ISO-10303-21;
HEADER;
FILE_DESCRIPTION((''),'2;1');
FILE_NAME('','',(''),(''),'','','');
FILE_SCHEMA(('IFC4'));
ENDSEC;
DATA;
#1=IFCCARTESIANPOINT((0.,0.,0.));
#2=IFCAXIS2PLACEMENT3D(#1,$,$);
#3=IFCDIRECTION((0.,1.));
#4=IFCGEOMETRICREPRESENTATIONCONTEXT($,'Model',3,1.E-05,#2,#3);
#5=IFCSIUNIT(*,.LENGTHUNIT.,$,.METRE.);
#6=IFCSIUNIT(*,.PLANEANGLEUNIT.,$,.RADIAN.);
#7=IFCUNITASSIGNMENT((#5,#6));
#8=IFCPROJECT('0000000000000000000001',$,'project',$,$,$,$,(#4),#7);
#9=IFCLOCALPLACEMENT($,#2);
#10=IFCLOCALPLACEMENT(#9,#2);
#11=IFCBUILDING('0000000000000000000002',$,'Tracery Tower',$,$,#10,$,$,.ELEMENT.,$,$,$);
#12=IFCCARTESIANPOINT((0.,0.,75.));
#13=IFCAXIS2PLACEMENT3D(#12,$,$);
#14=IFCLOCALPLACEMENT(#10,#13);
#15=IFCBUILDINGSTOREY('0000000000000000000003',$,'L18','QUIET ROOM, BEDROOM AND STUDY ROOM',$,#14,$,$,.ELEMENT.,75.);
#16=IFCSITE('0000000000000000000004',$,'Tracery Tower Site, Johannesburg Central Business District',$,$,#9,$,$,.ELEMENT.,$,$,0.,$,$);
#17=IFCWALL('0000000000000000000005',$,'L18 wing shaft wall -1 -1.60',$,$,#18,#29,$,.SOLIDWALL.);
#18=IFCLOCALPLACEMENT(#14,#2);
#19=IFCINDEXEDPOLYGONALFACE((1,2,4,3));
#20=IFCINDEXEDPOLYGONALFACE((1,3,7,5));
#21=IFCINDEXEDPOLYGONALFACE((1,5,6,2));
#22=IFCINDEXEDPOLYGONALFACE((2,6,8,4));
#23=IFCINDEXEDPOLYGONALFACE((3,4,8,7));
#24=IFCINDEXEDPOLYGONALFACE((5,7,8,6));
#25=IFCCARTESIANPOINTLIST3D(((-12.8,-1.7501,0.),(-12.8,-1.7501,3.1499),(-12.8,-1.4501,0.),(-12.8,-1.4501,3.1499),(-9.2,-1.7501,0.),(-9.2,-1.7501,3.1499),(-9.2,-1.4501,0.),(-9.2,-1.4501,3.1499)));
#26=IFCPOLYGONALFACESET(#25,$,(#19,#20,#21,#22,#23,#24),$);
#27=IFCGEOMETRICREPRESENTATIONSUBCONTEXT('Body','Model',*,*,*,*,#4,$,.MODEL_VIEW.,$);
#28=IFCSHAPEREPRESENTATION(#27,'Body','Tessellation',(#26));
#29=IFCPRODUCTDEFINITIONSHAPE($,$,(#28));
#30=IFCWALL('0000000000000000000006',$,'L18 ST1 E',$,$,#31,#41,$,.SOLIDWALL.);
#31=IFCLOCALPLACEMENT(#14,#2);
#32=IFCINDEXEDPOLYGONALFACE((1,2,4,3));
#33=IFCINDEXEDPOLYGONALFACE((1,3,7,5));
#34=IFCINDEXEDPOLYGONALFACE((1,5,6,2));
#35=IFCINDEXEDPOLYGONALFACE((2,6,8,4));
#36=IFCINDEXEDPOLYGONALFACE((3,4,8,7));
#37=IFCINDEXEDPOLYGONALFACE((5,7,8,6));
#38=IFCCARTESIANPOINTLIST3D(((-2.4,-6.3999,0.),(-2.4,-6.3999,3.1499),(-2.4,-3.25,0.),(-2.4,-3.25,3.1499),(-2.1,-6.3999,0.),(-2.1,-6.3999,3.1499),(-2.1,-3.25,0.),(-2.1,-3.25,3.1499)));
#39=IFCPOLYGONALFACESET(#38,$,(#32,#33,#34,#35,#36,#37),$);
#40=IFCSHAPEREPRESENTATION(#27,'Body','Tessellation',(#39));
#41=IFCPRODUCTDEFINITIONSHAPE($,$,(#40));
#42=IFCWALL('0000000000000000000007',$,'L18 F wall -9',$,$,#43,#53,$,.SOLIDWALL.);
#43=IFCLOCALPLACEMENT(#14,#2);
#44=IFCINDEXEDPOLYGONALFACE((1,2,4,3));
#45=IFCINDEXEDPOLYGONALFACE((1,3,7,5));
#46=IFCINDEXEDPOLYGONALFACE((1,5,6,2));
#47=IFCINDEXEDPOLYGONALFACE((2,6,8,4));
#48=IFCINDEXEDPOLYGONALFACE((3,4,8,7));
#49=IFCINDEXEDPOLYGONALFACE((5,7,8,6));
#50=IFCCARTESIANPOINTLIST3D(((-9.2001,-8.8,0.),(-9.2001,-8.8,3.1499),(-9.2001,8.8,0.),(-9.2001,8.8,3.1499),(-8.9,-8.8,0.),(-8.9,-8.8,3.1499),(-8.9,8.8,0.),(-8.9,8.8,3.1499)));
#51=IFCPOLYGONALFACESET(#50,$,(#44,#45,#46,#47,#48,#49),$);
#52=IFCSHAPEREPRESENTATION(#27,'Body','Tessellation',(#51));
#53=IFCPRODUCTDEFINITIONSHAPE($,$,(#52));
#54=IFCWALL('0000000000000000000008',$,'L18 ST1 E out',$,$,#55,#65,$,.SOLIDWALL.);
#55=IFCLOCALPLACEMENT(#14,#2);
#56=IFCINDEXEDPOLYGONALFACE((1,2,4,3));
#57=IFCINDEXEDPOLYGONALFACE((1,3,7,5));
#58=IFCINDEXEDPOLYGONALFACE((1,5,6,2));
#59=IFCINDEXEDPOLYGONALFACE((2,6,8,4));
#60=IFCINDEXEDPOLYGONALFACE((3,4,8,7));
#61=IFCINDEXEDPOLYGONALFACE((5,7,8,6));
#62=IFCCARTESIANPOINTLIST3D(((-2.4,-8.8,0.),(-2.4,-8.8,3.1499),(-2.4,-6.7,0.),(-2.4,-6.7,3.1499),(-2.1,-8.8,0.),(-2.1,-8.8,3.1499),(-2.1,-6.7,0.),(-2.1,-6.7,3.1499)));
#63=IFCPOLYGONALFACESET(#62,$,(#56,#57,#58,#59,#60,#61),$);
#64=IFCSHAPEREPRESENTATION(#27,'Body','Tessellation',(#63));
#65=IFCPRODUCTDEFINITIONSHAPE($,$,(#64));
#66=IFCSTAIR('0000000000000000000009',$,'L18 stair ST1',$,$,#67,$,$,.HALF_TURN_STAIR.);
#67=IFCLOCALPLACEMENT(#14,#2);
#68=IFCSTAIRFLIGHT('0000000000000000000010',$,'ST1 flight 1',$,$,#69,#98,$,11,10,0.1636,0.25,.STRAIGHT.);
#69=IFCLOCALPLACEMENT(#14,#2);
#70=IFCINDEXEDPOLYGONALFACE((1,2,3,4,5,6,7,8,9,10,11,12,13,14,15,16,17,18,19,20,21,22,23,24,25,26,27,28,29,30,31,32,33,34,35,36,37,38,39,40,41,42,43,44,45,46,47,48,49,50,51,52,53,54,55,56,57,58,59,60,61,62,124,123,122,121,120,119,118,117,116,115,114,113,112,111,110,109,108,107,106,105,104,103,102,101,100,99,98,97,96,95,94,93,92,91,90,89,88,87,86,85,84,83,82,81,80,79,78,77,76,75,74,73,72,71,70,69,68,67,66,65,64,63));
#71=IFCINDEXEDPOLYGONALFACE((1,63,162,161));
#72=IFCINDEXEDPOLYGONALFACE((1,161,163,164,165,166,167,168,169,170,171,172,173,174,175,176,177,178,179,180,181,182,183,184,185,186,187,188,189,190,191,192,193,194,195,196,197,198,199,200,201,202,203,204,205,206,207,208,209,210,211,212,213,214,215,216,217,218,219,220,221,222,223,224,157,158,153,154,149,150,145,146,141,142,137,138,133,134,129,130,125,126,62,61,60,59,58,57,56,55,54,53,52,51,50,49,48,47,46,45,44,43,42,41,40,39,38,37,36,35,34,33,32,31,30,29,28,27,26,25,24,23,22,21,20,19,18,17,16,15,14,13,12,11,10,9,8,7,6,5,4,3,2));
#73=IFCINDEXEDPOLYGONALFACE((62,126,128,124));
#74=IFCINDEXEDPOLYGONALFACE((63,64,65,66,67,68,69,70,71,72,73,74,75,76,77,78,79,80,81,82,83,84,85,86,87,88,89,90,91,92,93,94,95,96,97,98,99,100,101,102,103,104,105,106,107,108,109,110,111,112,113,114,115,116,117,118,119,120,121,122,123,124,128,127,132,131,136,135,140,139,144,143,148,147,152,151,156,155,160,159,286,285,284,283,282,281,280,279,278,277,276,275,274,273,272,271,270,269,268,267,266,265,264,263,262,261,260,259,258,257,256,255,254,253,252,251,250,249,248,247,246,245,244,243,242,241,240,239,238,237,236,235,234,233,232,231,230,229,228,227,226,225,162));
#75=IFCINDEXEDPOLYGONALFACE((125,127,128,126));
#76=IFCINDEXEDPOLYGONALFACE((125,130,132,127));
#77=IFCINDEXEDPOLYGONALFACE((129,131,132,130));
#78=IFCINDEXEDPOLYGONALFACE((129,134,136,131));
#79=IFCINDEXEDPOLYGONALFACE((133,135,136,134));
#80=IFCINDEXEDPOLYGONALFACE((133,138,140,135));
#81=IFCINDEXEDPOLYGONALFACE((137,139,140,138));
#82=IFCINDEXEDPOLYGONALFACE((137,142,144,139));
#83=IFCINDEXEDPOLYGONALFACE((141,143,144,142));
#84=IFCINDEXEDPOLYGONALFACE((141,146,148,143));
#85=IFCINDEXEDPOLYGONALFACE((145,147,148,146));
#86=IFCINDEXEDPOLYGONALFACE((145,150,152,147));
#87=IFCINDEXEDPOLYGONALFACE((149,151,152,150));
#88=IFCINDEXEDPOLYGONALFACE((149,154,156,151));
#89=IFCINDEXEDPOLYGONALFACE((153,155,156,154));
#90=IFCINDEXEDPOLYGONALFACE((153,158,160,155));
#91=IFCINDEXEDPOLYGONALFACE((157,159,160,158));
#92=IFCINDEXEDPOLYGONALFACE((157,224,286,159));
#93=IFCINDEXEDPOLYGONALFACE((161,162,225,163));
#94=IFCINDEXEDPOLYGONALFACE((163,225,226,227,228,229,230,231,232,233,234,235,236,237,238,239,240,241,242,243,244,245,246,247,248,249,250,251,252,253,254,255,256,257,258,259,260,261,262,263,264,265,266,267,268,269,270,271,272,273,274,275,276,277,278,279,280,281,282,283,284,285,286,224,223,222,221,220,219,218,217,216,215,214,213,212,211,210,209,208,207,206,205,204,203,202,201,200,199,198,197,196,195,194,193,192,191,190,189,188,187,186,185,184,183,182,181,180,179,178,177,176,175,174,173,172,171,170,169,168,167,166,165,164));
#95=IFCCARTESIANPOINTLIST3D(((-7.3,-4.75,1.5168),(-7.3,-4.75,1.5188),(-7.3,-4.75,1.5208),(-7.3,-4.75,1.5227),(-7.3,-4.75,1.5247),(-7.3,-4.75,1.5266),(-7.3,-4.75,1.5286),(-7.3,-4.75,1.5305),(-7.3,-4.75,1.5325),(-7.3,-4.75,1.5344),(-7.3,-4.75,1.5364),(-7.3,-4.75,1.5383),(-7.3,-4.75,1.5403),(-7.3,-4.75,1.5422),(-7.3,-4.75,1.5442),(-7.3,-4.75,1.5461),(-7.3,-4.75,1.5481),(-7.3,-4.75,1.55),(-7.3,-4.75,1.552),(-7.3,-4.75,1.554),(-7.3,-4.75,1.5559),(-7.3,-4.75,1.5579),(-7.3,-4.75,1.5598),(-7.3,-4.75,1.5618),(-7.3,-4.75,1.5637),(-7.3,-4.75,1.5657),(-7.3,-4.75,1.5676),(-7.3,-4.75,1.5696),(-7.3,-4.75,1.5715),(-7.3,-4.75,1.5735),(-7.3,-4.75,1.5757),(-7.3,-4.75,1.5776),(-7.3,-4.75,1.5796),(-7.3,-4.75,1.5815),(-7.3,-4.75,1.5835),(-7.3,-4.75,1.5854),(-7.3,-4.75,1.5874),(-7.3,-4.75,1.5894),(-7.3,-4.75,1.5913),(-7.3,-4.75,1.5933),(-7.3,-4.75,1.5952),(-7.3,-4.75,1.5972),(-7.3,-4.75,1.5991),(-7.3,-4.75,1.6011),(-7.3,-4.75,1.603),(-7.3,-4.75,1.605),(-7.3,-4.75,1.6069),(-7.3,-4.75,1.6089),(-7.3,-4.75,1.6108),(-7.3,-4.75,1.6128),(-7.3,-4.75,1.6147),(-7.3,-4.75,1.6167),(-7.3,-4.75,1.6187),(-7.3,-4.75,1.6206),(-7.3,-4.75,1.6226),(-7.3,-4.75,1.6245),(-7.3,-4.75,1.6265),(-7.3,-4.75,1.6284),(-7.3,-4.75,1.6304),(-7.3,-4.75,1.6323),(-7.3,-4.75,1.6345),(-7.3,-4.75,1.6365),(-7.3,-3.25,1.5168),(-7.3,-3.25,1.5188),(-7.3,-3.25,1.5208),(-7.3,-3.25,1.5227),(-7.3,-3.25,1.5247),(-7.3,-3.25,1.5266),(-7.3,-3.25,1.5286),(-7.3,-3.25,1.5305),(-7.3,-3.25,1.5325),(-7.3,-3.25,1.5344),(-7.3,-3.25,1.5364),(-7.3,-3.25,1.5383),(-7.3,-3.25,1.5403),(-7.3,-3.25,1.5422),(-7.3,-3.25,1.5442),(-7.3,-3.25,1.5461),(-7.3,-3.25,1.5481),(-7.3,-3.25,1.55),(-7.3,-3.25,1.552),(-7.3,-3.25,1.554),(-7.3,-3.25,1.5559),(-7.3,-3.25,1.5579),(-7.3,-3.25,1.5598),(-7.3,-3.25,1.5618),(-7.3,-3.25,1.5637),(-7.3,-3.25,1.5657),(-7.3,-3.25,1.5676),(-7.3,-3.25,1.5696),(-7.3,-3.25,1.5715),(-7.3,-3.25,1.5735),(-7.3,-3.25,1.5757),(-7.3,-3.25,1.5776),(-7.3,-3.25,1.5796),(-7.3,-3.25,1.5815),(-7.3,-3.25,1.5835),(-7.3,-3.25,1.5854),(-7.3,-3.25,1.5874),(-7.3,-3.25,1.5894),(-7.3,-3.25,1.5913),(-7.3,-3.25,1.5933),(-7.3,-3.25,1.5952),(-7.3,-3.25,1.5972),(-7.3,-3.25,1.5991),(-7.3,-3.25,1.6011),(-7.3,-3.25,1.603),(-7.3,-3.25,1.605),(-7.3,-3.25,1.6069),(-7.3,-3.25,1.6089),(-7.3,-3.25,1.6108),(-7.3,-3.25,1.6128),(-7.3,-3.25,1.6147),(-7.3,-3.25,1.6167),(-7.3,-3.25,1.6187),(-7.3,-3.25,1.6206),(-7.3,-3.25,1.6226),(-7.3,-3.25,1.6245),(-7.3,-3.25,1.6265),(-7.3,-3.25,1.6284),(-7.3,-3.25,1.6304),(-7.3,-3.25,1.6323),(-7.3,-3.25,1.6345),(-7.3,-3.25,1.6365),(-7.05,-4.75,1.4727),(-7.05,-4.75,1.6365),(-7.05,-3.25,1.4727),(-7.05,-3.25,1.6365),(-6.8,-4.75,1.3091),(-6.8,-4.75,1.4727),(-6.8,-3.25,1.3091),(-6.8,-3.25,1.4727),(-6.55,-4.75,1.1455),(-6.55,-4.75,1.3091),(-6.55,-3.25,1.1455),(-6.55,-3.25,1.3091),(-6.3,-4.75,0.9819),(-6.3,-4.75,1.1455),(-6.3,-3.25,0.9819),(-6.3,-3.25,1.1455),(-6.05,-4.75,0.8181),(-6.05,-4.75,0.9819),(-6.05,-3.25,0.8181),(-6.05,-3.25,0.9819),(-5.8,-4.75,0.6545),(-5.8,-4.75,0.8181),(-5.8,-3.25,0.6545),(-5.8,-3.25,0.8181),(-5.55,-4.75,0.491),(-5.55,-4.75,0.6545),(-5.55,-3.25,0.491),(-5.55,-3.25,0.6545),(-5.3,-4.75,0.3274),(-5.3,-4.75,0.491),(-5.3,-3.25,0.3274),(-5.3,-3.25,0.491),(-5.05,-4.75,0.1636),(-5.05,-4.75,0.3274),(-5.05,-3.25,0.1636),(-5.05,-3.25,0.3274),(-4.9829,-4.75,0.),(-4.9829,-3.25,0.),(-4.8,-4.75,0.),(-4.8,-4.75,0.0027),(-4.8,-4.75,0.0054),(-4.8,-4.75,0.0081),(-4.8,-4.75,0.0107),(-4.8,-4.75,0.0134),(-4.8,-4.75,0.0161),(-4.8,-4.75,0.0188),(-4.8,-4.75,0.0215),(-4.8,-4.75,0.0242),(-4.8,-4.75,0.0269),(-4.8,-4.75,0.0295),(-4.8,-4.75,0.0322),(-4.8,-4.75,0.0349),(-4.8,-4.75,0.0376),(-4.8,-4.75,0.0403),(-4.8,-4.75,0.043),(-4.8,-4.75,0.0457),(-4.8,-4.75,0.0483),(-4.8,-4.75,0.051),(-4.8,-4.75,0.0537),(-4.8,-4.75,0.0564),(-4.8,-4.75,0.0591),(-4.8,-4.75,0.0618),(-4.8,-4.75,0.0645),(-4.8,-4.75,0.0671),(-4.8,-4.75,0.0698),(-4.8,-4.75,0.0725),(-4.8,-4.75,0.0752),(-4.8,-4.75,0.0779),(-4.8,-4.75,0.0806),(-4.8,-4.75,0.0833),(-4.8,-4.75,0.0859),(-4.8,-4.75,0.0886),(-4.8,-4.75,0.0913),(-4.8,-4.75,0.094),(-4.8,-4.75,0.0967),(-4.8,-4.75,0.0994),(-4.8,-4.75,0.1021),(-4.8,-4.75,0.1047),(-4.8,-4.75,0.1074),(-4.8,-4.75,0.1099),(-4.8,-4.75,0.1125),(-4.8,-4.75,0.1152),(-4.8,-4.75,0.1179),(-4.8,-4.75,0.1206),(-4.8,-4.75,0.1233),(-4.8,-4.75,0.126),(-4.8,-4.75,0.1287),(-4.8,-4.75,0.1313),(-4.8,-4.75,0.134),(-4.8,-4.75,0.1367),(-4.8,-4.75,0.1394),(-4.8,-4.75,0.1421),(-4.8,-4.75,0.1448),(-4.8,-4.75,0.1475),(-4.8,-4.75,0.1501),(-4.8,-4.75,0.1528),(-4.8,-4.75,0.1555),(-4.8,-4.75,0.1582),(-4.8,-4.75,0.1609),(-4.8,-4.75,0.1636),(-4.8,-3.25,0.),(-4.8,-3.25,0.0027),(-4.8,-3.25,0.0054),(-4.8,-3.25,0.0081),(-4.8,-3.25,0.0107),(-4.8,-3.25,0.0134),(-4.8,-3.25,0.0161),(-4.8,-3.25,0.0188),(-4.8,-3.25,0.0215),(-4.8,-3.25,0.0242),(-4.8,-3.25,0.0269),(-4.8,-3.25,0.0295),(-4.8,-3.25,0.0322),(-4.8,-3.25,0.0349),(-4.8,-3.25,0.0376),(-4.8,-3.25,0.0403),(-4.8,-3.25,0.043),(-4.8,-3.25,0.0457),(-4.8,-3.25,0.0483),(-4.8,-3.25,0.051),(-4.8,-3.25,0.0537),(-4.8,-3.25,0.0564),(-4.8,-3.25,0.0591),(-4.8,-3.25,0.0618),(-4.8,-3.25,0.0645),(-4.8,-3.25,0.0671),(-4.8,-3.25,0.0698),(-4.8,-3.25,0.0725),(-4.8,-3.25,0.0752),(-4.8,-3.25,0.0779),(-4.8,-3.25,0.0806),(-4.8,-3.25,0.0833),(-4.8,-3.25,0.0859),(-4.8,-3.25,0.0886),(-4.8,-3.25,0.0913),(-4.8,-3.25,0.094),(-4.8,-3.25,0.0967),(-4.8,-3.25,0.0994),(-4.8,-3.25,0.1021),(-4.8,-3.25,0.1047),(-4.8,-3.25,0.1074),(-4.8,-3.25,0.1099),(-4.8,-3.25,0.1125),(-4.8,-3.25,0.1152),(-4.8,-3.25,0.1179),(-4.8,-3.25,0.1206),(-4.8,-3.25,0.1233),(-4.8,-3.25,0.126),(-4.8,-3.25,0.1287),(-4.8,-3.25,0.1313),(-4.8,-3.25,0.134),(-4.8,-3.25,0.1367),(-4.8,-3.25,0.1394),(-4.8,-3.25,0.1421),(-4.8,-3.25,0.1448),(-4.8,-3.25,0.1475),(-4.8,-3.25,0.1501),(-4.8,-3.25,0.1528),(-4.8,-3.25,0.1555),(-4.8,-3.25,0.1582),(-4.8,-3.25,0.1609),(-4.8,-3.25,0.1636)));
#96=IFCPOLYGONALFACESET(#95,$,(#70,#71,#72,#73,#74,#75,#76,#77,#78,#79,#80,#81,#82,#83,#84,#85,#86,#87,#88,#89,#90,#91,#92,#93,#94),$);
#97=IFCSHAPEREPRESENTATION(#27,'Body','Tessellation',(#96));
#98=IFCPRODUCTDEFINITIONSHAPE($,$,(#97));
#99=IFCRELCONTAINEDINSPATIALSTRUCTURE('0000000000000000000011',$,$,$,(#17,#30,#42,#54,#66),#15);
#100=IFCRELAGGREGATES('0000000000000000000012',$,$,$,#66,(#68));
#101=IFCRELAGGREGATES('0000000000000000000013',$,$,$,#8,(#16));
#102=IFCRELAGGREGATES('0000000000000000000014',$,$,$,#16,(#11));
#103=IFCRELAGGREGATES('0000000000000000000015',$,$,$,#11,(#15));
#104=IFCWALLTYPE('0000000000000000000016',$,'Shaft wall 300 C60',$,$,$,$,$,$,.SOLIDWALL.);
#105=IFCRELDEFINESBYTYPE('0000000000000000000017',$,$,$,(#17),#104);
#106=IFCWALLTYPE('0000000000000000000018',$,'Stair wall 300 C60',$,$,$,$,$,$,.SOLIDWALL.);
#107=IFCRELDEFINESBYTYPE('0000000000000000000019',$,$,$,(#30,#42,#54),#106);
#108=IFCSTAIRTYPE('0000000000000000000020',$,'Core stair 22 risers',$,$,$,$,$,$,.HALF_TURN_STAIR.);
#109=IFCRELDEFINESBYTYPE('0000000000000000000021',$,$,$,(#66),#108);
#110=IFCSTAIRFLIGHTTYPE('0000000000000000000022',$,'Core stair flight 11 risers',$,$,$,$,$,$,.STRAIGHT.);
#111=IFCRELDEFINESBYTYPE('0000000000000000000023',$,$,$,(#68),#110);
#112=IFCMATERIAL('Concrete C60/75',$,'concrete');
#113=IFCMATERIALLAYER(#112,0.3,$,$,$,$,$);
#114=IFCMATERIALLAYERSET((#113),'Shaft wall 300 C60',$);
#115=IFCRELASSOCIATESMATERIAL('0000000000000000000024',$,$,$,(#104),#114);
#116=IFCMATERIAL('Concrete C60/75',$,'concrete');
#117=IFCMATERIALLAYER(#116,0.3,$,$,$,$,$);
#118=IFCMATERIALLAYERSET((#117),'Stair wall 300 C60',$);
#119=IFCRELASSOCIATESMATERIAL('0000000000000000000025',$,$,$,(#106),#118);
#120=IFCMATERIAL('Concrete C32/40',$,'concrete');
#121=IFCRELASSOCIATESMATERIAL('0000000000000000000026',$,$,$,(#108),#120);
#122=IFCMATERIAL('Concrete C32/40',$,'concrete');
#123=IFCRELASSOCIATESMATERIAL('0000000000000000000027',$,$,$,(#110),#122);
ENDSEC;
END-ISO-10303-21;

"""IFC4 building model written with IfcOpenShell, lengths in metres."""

from ifc_helpers import new_model, si_unit, direction, frame, frame_2d, origin, place, context, subcontext, project, spatial, polyline, rectangle, outline, extrude, material, layer, layer_set, type_object, element, aggregate, save


model = new_model("IFC4")

# Units and contexts
model_context = context("Model", 3, precision=1e-05, world=origin(), true_north=direction((0.0, 1.0)))
body_context = subcontext(model_context, "Body", "Model", "MODEL_VIEW")
ifc_project = project(units=[si_unit("LENGTHUNIT", "METRE"), si_unit("PLANEANGLEUNIT", "RADIAN")], contexts=[model_context])

# Site, building, storey
site_placement = place(None, origin())
site = spatial("IfcSite", under=ifc_project, at=site_placement, Name="Tracery Tower Site, Johannesburg Central Business District", CompositionType="ELEMENT", RefElevation=0.0)
building_placement = place(site_placement, origin())
building = spatial("IfcBuilding", under=site, at=building_placement, Name="Tracery Tower", CompositionType="ELEMENT")
storey_placement = place(building_placement, frame((0.0, 0.0, 75.0)))
storey = spatial("IfcBuildingStorey", under=building, at=storey_placement, Name="L18", Description="QUIET ROOM, BEDROOM AND STUDY ROOM", CompositionType="ELEMENT", Elevation=75.0)

# Shared definitions
ifc_material_1 = material(Name="Concrete C60/75", Category="concrete")
ifc_layer_1 = layer(ifc_material_1, 0.3)
ifc_layer_set_1 = layer_set([ifc_layer_1], Name="Shaft wall 300 C60")
wall_type_1 = type_object("IfcWallType", Name="Shaft wall 300 C60", PredefinedType="SOLIDWALL", material=ifc_layer_set_1)

# Wall
for number, where, z_axis, x_axis, name in (
    (1, (-12.8, -1.6001, 0.0), (0.0, 0.0, 1.0), (1.0, 0.0, 0.0), "L18 wing shaft wall -1 -1.60"),
):
    element("IfcWall", number, at=place(storey_placement, frame(where, z_axis=z_axis, x_axis=x_axis)), inside=storey, type_object=wall_type_1, Name=name, PredefinedType="SOLIDWALL", context=body_context, shape_type="SweptSolid", body=[
        extrude(rectangle(XDim=3.6001, YDim=0.3, at=frame_2d((1.8, 0.0))), origin(), (0.0, 0.0, 1.0), 3.1499),
    ])

# Shared definitions
ifc_material_2 = material(Name="Concrete C60/75", Category="concrete")
ifc_layer_2 = layer(ifc_material_2, 0.3)
ifc_layer_set_2 = layer_set([ifc_layer_2], Name="Stair wall 300 C60")
wall_type_2 = type_object("IfcWallType", Name="Stair wall 300 C60", PredefinedType="SOLIDWALL", material=ifc_layer_set_2)

# Walls
wall_1_placement = place(storey_placement, frame((-2.25, -6.3999, 0.0), z_axis=(0.0, 0.0, 1.0), x_axis=(0.0, 1.0, 0.0)))
element("IfcWall", 2, at=wall_1_placement, inside=storey, type_object=wall_type_2, Name="L18 ST1 E", PredefinedType="SOLIDWALL", context=body_context, shape_type="SweptSolid", body=[
    extrude(rectangle(XDim=3.1499, YDim=0.3, at=frame_2d((1.575, 0.0))), origin(), (0.0, 0.0, 1.0), 3.1499),
])
wall_2_placement = place(storey_placement, frame((-9.05, -8.8, 0.0), z_axis=(0.0, 0.0, 1.0), x_axis=(0.0, 1.0, 0.0)))
element("IfcWall", 3, at=wall_2_placement, inside=storey, type_object=wall_type_2, Name="L18 F wall -9", PredefinedType="SOLIDWALL", context=body_context, shape_type="SweptSolid", body=[
    extrude(rectangle(XDim=17.6001, YDim=0.3, at=frame_2d((8.8, 0.0))), origin(), (0.0, 0.0, 1.0), 3.1499),
])

# Wall
wall_3_placement = place(storey_placement, frame((-2.25, -8.8, 0.0), z_axis=(0.0, 0.0, 1.0), x_axis=(0.0, 1.0, 0.0)))
element("IfcWall", 4, at=wall_3_placement, inside=storey, type_object=wall_type_2, Name="L18 ST1 E out", PredefinedType="SOLIDWALL", context=body_context, shape_type="SweptSolid", body=[
    extrude(rectangle(XDim=2.1001, YDim=0.3, at=frame_2d((1.05, 0.0))), origin(), (0.0, 0.0, 1.0), 3.1499),
])

# Stair, stair flight
ifc_material_3 = material(Name="Concrete C32/40", Category="concrete")
stair_type = type_object("IfcStairType", Name="Core stair 22 risers", PredefinedType="HALF_TURN_STAIR", material=ifc_material_3)
stair_placement = place(storey_placement, origin())
stair = element("IfcStair", 5, at=stair_placement, inside=storey, type_object=stair_type, Name="L18 stair ST1", PredefinedType="HALF_TURN_STAIR")
ifc_material_4 = material(Name="Concrete C32/40", Category="concrete")
stair_flight_type = type_object("IfcStairFlightType", Name="Core stair flight 11 risers", PredefinedType="STRAIGHT", material=ifc_material_4)
stair_flight_1_placement = place(storey_placement, frame((-4.8, -4.0, 0.0), z_axis=(0.0, 0.0, 1.0), x_axis=(-1.0, 0.0, 0.0)))
stair_flight_1 = element("IfcStairFlight", 6, at=stair_flight_1_placement, type_object=stair_flight_type, Name="ST1 flight 1", NumberOfRisers=11, NumberOfTreads=10, PredefinedType="STRAIGHT", RiserHeight=0.1636, TreadLength=0.25, context=body_context, shape_type="SweptSolid", body=[
    extrude(outline(polyline([(0.0, 0.0), (0.0, 0.0027), (0.0, 0.0054), (0.0, 0.0081), (0.0, 0.0107), (0.0, 0.0134), (0.0, 0.0161), (0.0, 0.0188), (0.0, 0.0215), (0.0, 0.0242), (0.0, 0.0269), (0.0, 0.0295), (0.0, 0.0322), (0.0, 0.0349), (0.0, 0.0376), (0.0, 0.0403), (0.0, 0.043), (0.0, 0.0457), (0.0, 0.0483), (0.0, 0.051), (0.0, 0.0537), (0.0, 0.0564), (0.0, 0.0591), (0.0, 0.0618), (0.0, 0.0645), (0.0, 0.0671), (0.0, 0.0698), (0.0, 0.0725), (0.0, 0.0752), (0.0, 0.0779), (0.0, 0.0806), (0.0, 0.0833), (0.0, 0.0859), (0.0, 0.0886), (0.0, 0.0913), (0.0, 0.094), (0.0, 0.0967), (0.0, 0.0994), (0.0, 0.1021), (0.0, 0.1047), (0.0, 0.1074), (0.0, 0.1099), (0.0, 0.1125), (0.0, 0.1152), (0.0, 0.1179), (0.0, 0.1206), (0.0, 0.1233), (0.0, 0.126), (0.0, 0.1287), (0.0, 0.1313), (0.0, 0.134), (0.0, 0.1367), (0.0, 0.1394), (0.0, 0.1421), (0.0, 0.1448), (0.0, 0.1475), (0.0, 0.1501), (0.0, 0.1528), (0.0, 0.1555), (0.0, 0.1582), (0.0, 0.1609), (0.0, 0.1636), (0.25, 0.1636), (0.25, 0.3274), (0.5, 0.3274), (0.5, 0.491), (0.75, 0.491), (0.75, 0.6545), (1.0, 0.6545), (1.0, 0.8181), (1.25, 0.8181), (1.25, 0.9819), (1.5, 0.9819), (1.5, 1.1455), (1.75, 1.1455), (1.75, 1.3091), (2.0, 1.3091), (2.0, 1.4727), (2.25, 1.4727), (2.25, 1.6365), (2.5, 1.6365), (2.5, 1.6345), (2.5, 1.6323), (2.5, 1.6304), (2.5, 1.6284), (2.5, 1.6265), (2.5, 1.6245), (2.5, 1.6226), (2.5, 1.6206), (2.5, 1.6187), (2.5, 1.6167), (2.5, 1.6147), (2.5, 1.6128), (2.5, 1.6108), (2.5, 1.6089), (2.5, 1.6069), (2.5, 1.605), (2.5, 1.603), (2.5, 1.6011), (2.5, 1.5991), (2.5, 1.5972), (2.5, 1.5952), (2.5, 1.5933), (2.5, 1.5913), (2.5, 1.5894), (2.5, 1.5874), (2.5, 1.5854), (2.5, 1.5835), (2.5, 1.5815), (2.5, 1.5796), (2.5, 1.5776), (2.5, 1.5757), (2.5, 1.5735), (2.5, 1.5715), (2.5, 1.5696), (2.5, 1.5676), (2.5, 1.5657), (2.5, 1.5637), (2.5, 1.5618), (2.5, 1.5598), (2.5, 1.5579), (2.5, 1.5559), (2.5, 1.554), (2.5, 1.552), (2.5, 1.55), (2.5, 1.5481), (2.5, 1.5461), (2.5, 1.5442), (2.5, 1.5422), (2.5, 1.5403), (2.5, 1.5383), (2.5, 1.5364), (2.5, 1.5344), (2.5, 1.5325), (2.5, 1.5305), (2.5, 1.5286), (2.5, 1.5266), (2.5, 1.5247), (2.5, 1.5227), (2.5, 1.5208), (2.5, 1.5188), (2.5, 1.5168), (0.1829, 0.0), (0.0, 0.0)])), frame((0.0, 0.75, 0.0), z_axis=(0.0, -1.0, 0.0), x_axis=(1.0, 0.0, 0.0)), (0.0, 0.0, 1.0), 1.5),
])
aggregate(stair, [stair_flight_1])

save(model, "model.ifc")
